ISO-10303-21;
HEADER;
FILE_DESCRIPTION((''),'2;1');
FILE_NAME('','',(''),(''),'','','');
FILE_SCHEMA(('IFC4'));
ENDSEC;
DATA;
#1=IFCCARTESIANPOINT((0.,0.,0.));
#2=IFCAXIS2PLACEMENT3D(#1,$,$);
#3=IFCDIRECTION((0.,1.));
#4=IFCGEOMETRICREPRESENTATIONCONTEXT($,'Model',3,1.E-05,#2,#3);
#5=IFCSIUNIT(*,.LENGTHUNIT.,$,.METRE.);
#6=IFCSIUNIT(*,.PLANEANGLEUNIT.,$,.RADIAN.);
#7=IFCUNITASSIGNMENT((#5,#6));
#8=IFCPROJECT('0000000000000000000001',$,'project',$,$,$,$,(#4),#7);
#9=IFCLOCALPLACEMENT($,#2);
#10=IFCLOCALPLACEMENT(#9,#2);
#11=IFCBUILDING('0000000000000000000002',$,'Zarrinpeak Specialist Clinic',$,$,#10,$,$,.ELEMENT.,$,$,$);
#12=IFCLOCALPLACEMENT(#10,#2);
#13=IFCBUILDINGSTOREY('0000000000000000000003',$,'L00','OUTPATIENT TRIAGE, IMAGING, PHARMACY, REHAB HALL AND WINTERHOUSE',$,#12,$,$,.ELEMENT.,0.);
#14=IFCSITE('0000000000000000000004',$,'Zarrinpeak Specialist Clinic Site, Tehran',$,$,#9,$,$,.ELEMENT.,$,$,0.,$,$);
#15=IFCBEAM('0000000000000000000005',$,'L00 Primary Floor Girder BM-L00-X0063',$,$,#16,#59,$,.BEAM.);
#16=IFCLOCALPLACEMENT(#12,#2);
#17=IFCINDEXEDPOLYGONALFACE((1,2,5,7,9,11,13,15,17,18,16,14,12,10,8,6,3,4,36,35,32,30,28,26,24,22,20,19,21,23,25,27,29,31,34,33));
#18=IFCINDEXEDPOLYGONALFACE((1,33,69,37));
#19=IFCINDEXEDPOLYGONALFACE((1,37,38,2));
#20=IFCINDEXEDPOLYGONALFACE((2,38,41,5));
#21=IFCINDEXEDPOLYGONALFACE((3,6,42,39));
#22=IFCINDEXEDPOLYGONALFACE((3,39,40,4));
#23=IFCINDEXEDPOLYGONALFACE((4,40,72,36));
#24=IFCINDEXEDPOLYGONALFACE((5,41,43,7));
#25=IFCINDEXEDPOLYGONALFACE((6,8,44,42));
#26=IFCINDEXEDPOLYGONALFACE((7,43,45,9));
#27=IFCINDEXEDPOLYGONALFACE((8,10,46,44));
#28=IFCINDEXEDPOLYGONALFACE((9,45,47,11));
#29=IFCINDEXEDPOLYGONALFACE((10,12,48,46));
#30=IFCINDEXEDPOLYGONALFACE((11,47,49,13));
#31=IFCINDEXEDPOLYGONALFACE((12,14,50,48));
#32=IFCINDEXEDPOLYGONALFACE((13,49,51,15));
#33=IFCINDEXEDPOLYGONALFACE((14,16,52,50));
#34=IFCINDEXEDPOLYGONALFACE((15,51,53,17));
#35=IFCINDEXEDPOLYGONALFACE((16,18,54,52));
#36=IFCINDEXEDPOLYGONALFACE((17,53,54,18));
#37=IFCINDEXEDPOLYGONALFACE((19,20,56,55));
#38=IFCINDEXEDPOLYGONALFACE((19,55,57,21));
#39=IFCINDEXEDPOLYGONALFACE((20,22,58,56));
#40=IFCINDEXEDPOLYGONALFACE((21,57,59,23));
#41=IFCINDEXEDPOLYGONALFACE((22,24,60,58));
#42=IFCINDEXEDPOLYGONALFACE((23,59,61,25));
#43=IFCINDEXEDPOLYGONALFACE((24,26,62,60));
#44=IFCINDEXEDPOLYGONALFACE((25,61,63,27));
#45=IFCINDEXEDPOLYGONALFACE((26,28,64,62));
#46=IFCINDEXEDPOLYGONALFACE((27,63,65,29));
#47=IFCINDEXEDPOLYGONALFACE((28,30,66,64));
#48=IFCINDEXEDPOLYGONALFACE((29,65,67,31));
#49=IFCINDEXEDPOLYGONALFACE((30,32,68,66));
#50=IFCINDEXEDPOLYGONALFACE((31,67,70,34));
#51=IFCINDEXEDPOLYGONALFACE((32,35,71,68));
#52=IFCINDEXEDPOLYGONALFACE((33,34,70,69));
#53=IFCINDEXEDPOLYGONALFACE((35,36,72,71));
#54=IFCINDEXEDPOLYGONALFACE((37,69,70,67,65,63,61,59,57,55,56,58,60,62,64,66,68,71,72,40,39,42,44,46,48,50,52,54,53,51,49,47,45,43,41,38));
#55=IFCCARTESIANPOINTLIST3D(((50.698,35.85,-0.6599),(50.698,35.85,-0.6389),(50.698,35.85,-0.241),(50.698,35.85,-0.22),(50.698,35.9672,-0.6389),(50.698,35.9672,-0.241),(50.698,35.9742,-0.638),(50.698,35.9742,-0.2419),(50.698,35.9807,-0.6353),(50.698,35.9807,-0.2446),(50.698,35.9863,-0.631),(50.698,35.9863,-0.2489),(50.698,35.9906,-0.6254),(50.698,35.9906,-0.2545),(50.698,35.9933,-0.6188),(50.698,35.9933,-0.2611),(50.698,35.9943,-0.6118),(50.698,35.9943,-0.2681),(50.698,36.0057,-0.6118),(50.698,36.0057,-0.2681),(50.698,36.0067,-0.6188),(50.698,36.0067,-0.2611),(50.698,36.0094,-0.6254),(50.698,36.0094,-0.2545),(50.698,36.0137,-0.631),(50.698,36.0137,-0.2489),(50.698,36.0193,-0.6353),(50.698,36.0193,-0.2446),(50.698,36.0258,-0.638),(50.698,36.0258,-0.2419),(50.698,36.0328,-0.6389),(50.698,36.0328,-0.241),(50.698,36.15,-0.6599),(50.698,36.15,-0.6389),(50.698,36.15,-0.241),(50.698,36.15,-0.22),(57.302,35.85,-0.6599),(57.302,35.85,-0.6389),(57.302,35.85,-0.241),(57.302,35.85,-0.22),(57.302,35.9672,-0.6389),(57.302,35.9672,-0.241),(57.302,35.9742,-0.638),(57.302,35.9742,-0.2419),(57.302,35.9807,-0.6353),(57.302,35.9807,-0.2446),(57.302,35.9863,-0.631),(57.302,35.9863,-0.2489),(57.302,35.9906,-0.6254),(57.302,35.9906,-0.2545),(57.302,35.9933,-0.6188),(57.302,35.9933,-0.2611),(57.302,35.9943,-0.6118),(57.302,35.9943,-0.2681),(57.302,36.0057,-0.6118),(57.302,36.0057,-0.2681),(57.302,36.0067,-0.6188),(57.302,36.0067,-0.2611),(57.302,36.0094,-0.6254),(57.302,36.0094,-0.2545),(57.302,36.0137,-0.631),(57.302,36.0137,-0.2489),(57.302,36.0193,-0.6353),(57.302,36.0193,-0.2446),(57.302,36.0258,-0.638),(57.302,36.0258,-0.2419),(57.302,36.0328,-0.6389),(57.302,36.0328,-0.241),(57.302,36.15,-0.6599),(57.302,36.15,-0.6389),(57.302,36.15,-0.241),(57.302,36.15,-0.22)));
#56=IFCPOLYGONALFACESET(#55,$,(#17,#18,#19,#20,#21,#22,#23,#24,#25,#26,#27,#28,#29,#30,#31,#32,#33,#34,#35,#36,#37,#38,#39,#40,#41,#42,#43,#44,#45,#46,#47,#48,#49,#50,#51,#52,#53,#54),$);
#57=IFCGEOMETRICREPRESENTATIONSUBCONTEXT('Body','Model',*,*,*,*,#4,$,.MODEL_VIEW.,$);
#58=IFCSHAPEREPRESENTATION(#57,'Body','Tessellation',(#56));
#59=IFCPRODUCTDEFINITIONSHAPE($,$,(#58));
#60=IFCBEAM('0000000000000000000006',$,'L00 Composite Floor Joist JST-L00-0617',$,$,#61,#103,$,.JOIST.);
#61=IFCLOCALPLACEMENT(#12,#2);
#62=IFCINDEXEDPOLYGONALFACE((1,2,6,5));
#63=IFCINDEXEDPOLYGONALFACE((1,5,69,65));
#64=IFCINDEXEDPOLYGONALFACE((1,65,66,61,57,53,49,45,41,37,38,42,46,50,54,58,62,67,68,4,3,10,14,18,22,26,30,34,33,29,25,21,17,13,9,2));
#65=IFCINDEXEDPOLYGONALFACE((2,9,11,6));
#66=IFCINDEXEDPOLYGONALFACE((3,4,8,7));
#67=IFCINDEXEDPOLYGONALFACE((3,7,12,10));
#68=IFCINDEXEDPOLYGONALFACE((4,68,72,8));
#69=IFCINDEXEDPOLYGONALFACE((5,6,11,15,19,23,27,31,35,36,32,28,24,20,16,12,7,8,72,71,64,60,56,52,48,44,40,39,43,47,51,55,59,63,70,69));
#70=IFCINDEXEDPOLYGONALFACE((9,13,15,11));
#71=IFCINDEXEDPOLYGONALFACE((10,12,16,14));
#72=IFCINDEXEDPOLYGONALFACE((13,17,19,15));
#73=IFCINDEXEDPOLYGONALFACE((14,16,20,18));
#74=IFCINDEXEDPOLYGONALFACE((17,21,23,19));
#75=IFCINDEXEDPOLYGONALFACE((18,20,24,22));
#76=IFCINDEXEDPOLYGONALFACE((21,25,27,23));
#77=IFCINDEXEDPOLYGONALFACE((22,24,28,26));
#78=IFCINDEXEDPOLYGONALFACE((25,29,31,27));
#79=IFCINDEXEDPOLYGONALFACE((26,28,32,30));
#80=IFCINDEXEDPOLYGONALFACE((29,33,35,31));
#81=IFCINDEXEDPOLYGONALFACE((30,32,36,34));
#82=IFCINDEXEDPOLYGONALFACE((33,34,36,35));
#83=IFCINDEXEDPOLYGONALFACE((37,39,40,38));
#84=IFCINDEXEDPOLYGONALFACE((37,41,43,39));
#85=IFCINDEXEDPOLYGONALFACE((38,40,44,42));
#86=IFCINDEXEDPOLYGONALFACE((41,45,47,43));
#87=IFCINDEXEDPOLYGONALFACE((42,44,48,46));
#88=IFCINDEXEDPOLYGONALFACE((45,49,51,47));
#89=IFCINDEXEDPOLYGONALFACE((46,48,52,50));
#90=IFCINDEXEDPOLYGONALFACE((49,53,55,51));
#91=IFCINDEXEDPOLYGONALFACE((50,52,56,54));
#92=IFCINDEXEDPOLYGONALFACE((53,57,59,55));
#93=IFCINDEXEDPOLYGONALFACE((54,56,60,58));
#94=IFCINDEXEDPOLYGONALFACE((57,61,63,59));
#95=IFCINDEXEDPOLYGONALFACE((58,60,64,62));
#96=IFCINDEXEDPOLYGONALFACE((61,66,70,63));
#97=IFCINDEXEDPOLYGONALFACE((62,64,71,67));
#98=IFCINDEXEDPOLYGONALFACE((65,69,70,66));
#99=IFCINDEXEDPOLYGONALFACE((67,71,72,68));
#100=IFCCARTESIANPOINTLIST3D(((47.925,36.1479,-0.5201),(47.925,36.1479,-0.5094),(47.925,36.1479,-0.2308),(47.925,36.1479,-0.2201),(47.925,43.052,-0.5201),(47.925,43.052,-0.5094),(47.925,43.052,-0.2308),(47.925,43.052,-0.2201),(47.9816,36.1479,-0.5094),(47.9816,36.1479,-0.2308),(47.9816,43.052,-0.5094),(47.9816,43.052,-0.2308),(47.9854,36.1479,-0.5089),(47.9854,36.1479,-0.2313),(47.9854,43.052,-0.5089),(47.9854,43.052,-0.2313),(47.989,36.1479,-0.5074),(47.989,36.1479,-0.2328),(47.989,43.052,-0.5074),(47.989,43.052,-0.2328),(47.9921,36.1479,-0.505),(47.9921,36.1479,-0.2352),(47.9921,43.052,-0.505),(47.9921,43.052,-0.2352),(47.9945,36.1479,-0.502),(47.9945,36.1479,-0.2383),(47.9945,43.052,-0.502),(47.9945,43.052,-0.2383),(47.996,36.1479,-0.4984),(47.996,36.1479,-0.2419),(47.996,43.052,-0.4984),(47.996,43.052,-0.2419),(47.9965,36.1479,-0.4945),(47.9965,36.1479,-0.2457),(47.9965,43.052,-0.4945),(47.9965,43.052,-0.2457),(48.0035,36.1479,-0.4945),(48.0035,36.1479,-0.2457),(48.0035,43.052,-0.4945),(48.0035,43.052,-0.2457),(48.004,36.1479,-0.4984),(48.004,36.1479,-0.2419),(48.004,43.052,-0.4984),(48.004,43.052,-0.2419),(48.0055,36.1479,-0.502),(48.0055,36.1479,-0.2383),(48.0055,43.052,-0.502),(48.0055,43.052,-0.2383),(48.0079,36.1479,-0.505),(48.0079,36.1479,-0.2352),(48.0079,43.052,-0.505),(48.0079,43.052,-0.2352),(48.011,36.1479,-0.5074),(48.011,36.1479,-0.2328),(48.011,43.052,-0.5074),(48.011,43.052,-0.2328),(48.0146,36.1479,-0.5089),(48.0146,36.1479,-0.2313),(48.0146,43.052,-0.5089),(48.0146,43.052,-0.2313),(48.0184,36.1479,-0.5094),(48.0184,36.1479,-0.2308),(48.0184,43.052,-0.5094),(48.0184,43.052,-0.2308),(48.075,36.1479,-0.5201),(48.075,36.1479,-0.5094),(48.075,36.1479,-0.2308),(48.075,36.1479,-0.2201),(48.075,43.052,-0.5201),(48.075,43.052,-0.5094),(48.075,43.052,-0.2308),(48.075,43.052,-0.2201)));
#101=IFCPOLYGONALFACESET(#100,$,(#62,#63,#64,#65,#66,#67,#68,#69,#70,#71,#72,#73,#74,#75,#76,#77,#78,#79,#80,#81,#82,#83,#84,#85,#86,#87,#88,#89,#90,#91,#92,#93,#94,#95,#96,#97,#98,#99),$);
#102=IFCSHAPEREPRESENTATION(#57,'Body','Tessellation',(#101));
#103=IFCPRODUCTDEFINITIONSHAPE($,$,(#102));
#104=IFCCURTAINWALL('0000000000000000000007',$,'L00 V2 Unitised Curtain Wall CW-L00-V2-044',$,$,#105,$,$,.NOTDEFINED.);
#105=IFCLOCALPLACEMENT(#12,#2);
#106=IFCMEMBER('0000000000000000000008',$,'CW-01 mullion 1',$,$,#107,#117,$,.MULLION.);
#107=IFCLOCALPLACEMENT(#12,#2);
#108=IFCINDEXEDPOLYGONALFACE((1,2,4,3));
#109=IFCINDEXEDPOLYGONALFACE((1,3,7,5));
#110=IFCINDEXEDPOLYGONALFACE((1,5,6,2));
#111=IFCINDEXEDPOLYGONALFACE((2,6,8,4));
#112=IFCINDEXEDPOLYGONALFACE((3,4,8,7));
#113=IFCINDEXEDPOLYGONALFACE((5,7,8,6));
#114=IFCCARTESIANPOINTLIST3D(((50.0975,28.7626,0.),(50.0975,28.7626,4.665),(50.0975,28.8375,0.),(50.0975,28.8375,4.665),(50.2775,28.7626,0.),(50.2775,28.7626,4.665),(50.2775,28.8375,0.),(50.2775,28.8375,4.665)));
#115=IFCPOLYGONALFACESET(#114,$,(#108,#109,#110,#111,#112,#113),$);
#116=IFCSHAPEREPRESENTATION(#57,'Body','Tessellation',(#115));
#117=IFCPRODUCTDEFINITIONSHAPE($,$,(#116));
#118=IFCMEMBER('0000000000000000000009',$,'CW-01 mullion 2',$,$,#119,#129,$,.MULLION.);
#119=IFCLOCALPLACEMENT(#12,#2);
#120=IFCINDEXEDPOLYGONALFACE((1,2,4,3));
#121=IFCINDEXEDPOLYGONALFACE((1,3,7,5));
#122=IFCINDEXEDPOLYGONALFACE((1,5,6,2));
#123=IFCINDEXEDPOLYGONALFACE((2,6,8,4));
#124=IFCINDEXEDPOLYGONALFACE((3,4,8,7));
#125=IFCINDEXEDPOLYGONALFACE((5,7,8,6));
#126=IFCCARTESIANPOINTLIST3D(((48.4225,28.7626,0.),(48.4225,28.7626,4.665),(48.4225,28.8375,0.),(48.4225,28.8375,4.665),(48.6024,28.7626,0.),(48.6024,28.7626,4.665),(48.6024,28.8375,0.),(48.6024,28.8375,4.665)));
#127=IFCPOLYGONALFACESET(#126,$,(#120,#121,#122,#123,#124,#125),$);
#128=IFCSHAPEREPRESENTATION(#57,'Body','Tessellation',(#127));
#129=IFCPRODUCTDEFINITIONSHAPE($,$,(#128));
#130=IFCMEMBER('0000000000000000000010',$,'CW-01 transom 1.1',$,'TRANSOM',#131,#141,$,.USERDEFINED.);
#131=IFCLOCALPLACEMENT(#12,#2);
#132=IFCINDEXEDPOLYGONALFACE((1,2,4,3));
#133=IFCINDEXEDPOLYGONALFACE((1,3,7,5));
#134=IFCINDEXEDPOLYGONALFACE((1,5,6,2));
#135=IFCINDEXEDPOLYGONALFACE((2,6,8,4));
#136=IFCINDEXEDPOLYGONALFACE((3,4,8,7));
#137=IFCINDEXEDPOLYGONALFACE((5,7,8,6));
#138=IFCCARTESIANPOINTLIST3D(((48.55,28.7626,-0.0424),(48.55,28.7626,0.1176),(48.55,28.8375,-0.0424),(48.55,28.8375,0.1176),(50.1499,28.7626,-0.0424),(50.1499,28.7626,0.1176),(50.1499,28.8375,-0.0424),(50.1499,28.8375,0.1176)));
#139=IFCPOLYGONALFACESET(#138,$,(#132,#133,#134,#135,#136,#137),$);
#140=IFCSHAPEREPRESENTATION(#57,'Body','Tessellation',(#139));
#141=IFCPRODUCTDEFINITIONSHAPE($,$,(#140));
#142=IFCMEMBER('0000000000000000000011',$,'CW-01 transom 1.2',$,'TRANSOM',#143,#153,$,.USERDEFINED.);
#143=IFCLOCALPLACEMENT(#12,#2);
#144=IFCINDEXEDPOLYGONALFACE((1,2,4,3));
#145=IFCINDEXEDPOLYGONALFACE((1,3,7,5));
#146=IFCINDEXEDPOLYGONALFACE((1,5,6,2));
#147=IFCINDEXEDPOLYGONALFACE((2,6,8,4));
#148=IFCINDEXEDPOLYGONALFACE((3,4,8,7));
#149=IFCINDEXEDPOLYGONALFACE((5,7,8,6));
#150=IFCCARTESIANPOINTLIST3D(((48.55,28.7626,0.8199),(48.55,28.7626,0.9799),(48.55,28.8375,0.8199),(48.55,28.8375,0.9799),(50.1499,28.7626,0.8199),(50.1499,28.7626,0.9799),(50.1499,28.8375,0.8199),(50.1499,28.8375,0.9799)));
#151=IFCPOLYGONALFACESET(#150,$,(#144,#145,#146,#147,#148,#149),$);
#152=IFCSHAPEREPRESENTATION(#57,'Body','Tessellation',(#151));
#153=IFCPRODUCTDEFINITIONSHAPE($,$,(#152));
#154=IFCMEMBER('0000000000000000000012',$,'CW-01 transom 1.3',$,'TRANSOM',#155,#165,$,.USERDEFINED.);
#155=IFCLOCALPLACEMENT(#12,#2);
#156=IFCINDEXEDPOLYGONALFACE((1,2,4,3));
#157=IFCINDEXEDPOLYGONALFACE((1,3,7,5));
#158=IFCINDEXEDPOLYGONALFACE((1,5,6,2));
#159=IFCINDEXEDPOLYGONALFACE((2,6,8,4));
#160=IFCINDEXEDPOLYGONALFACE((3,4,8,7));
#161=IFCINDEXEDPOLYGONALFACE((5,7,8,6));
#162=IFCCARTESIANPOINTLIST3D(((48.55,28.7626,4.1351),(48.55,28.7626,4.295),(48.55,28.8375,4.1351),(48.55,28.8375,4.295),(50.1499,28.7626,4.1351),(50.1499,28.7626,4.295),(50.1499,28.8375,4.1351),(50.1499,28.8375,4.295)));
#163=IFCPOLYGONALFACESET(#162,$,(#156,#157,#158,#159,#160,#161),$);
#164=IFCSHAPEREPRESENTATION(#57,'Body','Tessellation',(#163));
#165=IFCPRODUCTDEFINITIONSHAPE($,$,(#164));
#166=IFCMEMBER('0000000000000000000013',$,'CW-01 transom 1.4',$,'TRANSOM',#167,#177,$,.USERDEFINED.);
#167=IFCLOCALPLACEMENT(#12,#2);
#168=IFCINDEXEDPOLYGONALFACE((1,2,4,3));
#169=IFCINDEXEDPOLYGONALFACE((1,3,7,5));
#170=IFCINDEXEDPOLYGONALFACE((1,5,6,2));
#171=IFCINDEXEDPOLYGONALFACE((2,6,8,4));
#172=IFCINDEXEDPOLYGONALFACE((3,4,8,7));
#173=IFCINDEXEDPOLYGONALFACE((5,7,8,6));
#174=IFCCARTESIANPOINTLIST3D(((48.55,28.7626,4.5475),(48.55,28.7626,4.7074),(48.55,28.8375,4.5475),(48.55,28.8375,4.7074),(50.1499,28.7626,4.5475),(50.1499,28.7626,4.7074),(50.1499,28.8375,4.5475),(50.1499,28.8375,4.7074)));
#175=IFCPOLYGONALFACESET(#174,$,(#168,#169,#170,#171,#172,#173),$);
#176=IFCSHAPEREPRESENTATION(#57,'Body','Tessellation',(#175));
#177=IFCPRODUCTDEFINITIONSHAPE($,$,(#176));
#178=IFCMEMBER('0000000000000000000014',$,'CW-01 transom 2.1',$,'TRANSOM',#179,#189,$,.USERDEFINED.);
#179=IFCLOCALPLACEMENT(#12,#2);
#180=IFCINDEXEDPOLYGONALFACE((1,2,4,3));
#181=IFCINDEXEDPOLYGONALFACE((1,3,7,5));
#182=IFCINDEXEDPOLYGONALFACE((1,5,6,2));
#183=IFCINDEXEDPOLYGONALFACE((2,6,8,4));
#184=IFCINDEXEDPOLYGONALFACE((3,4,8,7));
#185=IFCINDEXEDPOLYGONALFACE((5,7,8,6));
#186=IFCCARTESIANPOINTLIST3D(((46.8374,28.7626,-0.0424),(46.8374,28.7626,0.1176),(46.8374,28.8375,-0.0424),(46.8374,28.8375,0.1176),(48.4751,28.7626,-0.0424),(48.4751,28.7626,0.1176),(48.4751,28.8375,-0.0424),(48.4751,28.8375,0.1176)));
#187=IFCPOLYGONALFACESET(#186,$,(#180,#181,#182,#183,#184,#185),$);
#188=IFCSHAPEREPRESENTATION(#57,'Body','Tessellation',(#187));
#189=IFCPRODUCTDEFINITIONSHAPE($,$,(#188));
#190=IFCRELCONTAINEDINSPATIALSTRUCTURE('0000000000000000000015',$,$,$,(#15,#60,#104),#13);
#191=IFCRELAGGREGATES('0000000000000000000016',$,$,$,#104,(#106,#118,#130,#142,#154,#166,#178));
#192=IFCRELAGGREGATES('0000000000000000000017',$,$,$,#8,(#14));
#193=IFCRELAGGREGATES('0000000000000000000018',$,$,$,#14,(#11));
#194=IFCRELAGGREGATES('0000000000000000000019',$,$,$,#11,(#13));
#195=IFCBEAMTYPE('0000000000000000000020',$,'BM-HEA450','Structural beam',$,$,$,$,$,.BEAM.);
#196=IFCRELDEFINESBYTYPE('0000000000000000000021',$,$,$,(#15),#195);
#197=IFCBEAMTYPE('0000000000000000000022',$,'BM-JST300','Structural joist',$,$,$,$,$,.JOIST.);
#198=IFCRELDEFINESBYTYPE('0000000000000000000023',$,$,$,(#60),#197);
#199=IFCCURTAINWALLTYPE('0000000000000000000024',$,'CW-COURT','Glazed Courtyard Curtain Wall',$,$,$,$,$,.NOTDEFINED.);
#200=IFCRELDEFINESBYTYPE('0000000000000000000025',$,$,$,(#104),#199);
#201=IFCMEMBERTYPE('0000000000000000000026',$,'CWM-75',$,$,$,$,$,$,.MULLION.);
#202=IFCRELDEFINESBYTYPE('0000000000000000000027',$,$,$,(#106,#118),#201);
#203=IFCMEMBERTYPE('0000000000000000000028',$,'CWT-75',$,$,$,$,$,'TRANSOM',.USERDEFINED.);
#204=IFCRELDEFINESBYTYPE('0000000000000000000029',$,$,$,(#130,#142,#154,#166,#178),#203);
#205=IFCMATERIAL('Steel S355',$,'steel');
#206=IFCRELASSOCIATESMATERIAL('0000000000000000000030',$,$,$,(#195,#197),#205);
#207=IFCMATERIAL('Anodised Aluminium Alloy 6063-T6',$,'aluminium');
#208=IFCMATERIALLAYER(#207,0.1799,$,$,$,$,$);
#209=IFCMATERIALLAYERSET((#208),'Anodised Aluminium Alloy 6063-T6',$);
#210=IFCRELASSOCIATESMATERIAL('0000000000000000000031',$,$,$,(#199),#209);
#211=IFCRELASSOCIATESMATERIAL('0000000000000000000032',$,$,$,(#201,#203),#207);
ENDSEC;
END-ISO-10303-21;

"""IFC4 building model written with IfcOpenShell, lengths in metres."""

from ifc_helpers import new_model, si_unit, direction, frame, origin, origin_2d, place, context, subcontext, project, spatial, rectangle, i_section, extrude, material, layer, layer_set, material_profile, profile_set, type_object, element, aggregate, save


model = new_model("IFC4")

# Units and contexts
model_context = context("Model", 3, precision=1e-05, world=origin(), true_north=direction((0.0, 1.0)))
body_context = subcontext(model_context, "Body", "Model", "MODEL_VIEW")
ifc_project = project(units=[si_unit("LENGTHUNIT", "METRE"), si_unit("PLANEANGLEUNIT", "RADIAN")], contexts=[model_context])

# Site, building, storey
site_placement = place(None, origin())
site = spatial("IfcSite", under=ifc_project, at=site_placement, Name="Zarrinpeak Specialist Clinic Site, Tehran", CompositionType="ELEMENT", RefElevation=0.0)
building_placement = place(site_placement, origin())
building = spatial("IfcBuilding", under=site, at=building_placement, Name="Zarrinpeak Specialist Clinic", CompositionType="ELEMENT")
storey_placement = place(building_placement, origin())
storey = spatial("IfcBuildingStorey", under=building, at=storey_placement, Name="L00", Description="OUTPATIENT TRIAGE, IMAGING, PHARMACY, REHAB HALL AND WINTERHOUSE", CompositionType="ELEMENT", Elevation=0.0)

# Shared definitions
ifc_material_1 = material(Name="Steel S355", Category="steel")

# Beams
ifc_material_profile_1 = material_profile(ifc_material_1, i_section(OverallWidth=0.3, OverallDepth=0.4399, WebThickness=0.0115, FlangeThickness=0.021, FilletRadius=0.0271, at=origin_2d()), Name="HEA 450")
ifc_profile_set_1 = profile_set([ifc_material_profile_1], Name="Steel S355")
beam_type_1 = type_object("IfcBeamType", Name="BM-HEA450", Description="Structural beam", PredefinedType="BEAM", material=ifc_profile_set_1)
beam_1_placement = place(storey_placement, frame((50.698, 36.0, -0.4399), z_axis=(1.0, 0.0, 0.0), x_axis=(0.0, 1.0, 0.0)))
element("IfcBeam", 1, at=beam_1_placement, inside=storey, type_object=beam_type_1, Name="L00 Primary Floor Girder BM-L00-X0063", PredefinedType="BEAM", context=body_context, shape_type="SweptSolid", body=[
    extrude(i_section(OverallWidth=0.3, OverallDepth=0.4399, WebThickness=0.0115, FlangeThickness=0.021, FilletRadius=0.0271, at=origin_2d()), origin(), (0.0, 0.0, 1.0), 6.604),
])
ifc_material_profile_2 = material_profile(ifc_material_1, i_section(OverallWidth=0.1499, OverallDepth=0.3, WebThickness=0.0071, FlangeThickness=0.0107, FilletRadius=0.0149, at=origin_2d()), Name="IPE 300")
ifc_profile_set_2 = profile_set([ifc_material_profile_2], Name="Steel S355")
beam_type_2 = type_object("IfcBeamType", Name="BM-JST300", Description="Structural joist", PredefinedType="JOIST", material=ifc_profile_set_2)
beam_2_placement = place(storey_placement, frame((48.0, 36.1479, -0.3701), z_axis=(0.0, 1.0, 0.0), x_axis=(-1.0, 0.0, 0.0)))
element("IfcBeam", 2, at=beam_2_placement, inside=storey, type_object=beam_type_2, Name="L00 Composite Floor Joist JST-L00-0617", PredefinedType="JOIST", context=body_context, shape_type="SweptSolid", body=[
    extrude(i_section(OverallWidth=0.1499, OverallDepth=0.3, WebThickness=0.0071, FlangeThickness=0.0107, FilletRadius=0.0149, at=origin_2d()), origin(), (0.0, 0.0, 1.0), 6.9041),
])

# Curtain wall, members
ifc_material_2 = material(Name="Anodised Aluminium Alloy 6063-T6", Category="aluminium")
ifc_layer_1 = layer(ifc_material_2, 0.1799)
ifc_layer_set_1 = layer_set([ifc_layer_1], Name="Anodised Aluminium Alloy 6063-T6")
curtain_wall_type = type_object("IfcCurtainWallType", Name="CW-COURT", Description="Glazed Courtyard Curtain Wall", PredefinedType="NOTDEFINED", material=ifc_layer_set_1)
curtain_wall_placement = place(storey_placement, origin())
curtain_wall = element("IfcCurtainWall", 3, at=curtain_wall_placement, inside=storey, type_object=curtain_wall_type, Name="L00 V2 Unitised Curtain Wall CW-L00-V2-044", PredefinedType="NOTDEFINED")
ifc_material_profile_3 = material_profile(ifc_material_2, rectangle(XDim=0.075, YDim=0.1799, at=origin_2d()), Name="ALU 75x180")
ifc_profile_set_3 = profile_set([ifc_material_profile_3], Name="Anodised Aluminium Alloy 6063-T6")
member_type_1 = type_object("IfcMemberType", Name="CWM-75", PredefinedType="MULLION", material=ifc_profile_set_3)
member_1_placement = place(storey_placement, frame((50.1875, 28.8, 0.0), z_axis=(0.0, 0.0, 1.0), x_axis=(0.0, -1.0, 0.0)))
member_1 = element("IfcMember", 4, at=member_1_placement, type_object=member_type_1, Name="CW-01 mullion 1", PredefinedType="MULLION", context=body_context, shape_type="SweptSolid", body=[
    extrude(rectangle(XDim=0.075, YDim=0.1799, at=origin_2d()), origin(), (0.0, 0.0, 1.0), 4.665),
])
member_2_placement = place(storey_placement, frame((48.5125, 28.8, 0.0), z_axis=(0.0, 0.0, 1.0), x_axis=(0.0, -1.0, 0.0)))
member_2 = element("IfcMember", 5, at=member_2_placement, type_object=member_type_1, Name="CW-01 mullion 2", PredefinedType="MULLION", context=body_context, shape_type="SweptSolid", body=[
    extrude(rectangle(XDim=0.075, YDim=0.1799, at=origin_2d()), origin(), (0.0, 0.0, 1.0), 4.665),
])
ifc_material_profile_4 = material_profile(ifc_material_2, rectangle(XDim=0.075, YDim=0.1599, at=origin_2d()), Name="ALU 75x160")
ifc_profile_set_4 = profile_set([ifc_material_profile_4], Name="Anodised Aluminium Alloy 6063-T6")
member_type_2 = type_object("IfcMemberType", Name="CWT-75", ElementType="TRANSOM", PredefinedType="USERDEFINED", material=ifc_profile_set_4)
member_3_placement = place(storey_placement, frame((50.1499, 28.8, 0.0376), z_axis=(-1.0, 0.0, 0.0), x_axis=(0.0, -1.0, 0.0)))
member_3 = element("IfcMember", 6, at=member_3_placement, type_object=member_type_2, Name="CW-01 transom 1.1", ObjectType="TRANSOM", PredefinedType="USERDEFINED", context=body_context, shape_type="SweptSolid", body=[
    extrude(rectangle(XDim=0.075, YDim=0.1599, at=origin_2d()), origin(), (0.0, 0.0, 1.0), 1.5999),
])
member_4_placement = place(storey_placement, frame((50.1499, 28.8, 0.8999), z_axis=(-1.0, 0.0, 0.0), x_axis=(0.0, -1.0, 0.0)))
member_4 = element("IfcMember", 7, at=member_4_placement, type_object=member_type_2, Name="CW-01 transom 1.2", ObjectType="TRANSOM", PredefinedType="USERDEFINED", context=body_context, shape_type="SweptSolid", body=[
    extrude(rectangle(XDim=0.075, YDim=0.1599, at=origin_2d()), origin(), (0.0, 0.0, 1.0), 1.5999),
])
member_5_placement = place(storey_placement, frame((50.1499, 28.8, 4.2151), z_axis=(-1.0, 0.0, 0.0), x_axis=(0.0, -1.0, 0.0)))
member_5 = element("IfcMember", 8, at=member_5_placement, type_object=member_type_2, Name="CW-01 transom 1.3", ObjectType="TRANSOM", PredefinedType="USERDEFINED", context=body_context, shape_type="SweptSolid", body=[
    extrude(rectangle(XDim=0.075, YDim=0.1599, at=origin_2d()), origin(), (0.0, 0.0, 1.0), 1.5999),
])
member_6_placement = place(storey_placement, frame((50.1499, 28.8, 4.6274), z_axis=(-1.0, 0.0, 0.0), x_axis=(0.0, -1.0, 0.0)))
member_6 = element("IfcMember", 9, at=member_6_placement, type_object=member_type_2, Name="CW-01 transom 1.4", ObjectType="TRANSOM", PredefinedType="USERDEFINED", context=body_context, shape_type="SweptSolid", body=[
    extrude(rectangle(XDim=0.075, YDim=0.1599, at=origin_2d()), origin(), (0.0, 0.0, 1.0), 1.5999),
])
member_7_placement = place(storey_placement, frame((48.4751, 28.8, 0.0376), z_axis=(-1.0, 0.0, 0.0), x_axis=(0.0, -1.0, 0.0)))
member_7 = element("IfcMember", 10, at=member_7_placement, type_object=member_type_2, Name="CW-01 transom 2.1", ObjectType="TRANSOM", PredefinedType="USERDEFINED", context=body_context, shape_type="SweptSolid", body=[
    extrude(rectangle(XDim=0.075, YDim=0.1599, at=origin_2d()), origin(), (0.0, 0.0, 1.0), 1.6377),
])
aggregate(curtain_wall, [member_1, member_2, member_3, member_4, member_5, member_6, member_7])

save(model, "model.ifc")
